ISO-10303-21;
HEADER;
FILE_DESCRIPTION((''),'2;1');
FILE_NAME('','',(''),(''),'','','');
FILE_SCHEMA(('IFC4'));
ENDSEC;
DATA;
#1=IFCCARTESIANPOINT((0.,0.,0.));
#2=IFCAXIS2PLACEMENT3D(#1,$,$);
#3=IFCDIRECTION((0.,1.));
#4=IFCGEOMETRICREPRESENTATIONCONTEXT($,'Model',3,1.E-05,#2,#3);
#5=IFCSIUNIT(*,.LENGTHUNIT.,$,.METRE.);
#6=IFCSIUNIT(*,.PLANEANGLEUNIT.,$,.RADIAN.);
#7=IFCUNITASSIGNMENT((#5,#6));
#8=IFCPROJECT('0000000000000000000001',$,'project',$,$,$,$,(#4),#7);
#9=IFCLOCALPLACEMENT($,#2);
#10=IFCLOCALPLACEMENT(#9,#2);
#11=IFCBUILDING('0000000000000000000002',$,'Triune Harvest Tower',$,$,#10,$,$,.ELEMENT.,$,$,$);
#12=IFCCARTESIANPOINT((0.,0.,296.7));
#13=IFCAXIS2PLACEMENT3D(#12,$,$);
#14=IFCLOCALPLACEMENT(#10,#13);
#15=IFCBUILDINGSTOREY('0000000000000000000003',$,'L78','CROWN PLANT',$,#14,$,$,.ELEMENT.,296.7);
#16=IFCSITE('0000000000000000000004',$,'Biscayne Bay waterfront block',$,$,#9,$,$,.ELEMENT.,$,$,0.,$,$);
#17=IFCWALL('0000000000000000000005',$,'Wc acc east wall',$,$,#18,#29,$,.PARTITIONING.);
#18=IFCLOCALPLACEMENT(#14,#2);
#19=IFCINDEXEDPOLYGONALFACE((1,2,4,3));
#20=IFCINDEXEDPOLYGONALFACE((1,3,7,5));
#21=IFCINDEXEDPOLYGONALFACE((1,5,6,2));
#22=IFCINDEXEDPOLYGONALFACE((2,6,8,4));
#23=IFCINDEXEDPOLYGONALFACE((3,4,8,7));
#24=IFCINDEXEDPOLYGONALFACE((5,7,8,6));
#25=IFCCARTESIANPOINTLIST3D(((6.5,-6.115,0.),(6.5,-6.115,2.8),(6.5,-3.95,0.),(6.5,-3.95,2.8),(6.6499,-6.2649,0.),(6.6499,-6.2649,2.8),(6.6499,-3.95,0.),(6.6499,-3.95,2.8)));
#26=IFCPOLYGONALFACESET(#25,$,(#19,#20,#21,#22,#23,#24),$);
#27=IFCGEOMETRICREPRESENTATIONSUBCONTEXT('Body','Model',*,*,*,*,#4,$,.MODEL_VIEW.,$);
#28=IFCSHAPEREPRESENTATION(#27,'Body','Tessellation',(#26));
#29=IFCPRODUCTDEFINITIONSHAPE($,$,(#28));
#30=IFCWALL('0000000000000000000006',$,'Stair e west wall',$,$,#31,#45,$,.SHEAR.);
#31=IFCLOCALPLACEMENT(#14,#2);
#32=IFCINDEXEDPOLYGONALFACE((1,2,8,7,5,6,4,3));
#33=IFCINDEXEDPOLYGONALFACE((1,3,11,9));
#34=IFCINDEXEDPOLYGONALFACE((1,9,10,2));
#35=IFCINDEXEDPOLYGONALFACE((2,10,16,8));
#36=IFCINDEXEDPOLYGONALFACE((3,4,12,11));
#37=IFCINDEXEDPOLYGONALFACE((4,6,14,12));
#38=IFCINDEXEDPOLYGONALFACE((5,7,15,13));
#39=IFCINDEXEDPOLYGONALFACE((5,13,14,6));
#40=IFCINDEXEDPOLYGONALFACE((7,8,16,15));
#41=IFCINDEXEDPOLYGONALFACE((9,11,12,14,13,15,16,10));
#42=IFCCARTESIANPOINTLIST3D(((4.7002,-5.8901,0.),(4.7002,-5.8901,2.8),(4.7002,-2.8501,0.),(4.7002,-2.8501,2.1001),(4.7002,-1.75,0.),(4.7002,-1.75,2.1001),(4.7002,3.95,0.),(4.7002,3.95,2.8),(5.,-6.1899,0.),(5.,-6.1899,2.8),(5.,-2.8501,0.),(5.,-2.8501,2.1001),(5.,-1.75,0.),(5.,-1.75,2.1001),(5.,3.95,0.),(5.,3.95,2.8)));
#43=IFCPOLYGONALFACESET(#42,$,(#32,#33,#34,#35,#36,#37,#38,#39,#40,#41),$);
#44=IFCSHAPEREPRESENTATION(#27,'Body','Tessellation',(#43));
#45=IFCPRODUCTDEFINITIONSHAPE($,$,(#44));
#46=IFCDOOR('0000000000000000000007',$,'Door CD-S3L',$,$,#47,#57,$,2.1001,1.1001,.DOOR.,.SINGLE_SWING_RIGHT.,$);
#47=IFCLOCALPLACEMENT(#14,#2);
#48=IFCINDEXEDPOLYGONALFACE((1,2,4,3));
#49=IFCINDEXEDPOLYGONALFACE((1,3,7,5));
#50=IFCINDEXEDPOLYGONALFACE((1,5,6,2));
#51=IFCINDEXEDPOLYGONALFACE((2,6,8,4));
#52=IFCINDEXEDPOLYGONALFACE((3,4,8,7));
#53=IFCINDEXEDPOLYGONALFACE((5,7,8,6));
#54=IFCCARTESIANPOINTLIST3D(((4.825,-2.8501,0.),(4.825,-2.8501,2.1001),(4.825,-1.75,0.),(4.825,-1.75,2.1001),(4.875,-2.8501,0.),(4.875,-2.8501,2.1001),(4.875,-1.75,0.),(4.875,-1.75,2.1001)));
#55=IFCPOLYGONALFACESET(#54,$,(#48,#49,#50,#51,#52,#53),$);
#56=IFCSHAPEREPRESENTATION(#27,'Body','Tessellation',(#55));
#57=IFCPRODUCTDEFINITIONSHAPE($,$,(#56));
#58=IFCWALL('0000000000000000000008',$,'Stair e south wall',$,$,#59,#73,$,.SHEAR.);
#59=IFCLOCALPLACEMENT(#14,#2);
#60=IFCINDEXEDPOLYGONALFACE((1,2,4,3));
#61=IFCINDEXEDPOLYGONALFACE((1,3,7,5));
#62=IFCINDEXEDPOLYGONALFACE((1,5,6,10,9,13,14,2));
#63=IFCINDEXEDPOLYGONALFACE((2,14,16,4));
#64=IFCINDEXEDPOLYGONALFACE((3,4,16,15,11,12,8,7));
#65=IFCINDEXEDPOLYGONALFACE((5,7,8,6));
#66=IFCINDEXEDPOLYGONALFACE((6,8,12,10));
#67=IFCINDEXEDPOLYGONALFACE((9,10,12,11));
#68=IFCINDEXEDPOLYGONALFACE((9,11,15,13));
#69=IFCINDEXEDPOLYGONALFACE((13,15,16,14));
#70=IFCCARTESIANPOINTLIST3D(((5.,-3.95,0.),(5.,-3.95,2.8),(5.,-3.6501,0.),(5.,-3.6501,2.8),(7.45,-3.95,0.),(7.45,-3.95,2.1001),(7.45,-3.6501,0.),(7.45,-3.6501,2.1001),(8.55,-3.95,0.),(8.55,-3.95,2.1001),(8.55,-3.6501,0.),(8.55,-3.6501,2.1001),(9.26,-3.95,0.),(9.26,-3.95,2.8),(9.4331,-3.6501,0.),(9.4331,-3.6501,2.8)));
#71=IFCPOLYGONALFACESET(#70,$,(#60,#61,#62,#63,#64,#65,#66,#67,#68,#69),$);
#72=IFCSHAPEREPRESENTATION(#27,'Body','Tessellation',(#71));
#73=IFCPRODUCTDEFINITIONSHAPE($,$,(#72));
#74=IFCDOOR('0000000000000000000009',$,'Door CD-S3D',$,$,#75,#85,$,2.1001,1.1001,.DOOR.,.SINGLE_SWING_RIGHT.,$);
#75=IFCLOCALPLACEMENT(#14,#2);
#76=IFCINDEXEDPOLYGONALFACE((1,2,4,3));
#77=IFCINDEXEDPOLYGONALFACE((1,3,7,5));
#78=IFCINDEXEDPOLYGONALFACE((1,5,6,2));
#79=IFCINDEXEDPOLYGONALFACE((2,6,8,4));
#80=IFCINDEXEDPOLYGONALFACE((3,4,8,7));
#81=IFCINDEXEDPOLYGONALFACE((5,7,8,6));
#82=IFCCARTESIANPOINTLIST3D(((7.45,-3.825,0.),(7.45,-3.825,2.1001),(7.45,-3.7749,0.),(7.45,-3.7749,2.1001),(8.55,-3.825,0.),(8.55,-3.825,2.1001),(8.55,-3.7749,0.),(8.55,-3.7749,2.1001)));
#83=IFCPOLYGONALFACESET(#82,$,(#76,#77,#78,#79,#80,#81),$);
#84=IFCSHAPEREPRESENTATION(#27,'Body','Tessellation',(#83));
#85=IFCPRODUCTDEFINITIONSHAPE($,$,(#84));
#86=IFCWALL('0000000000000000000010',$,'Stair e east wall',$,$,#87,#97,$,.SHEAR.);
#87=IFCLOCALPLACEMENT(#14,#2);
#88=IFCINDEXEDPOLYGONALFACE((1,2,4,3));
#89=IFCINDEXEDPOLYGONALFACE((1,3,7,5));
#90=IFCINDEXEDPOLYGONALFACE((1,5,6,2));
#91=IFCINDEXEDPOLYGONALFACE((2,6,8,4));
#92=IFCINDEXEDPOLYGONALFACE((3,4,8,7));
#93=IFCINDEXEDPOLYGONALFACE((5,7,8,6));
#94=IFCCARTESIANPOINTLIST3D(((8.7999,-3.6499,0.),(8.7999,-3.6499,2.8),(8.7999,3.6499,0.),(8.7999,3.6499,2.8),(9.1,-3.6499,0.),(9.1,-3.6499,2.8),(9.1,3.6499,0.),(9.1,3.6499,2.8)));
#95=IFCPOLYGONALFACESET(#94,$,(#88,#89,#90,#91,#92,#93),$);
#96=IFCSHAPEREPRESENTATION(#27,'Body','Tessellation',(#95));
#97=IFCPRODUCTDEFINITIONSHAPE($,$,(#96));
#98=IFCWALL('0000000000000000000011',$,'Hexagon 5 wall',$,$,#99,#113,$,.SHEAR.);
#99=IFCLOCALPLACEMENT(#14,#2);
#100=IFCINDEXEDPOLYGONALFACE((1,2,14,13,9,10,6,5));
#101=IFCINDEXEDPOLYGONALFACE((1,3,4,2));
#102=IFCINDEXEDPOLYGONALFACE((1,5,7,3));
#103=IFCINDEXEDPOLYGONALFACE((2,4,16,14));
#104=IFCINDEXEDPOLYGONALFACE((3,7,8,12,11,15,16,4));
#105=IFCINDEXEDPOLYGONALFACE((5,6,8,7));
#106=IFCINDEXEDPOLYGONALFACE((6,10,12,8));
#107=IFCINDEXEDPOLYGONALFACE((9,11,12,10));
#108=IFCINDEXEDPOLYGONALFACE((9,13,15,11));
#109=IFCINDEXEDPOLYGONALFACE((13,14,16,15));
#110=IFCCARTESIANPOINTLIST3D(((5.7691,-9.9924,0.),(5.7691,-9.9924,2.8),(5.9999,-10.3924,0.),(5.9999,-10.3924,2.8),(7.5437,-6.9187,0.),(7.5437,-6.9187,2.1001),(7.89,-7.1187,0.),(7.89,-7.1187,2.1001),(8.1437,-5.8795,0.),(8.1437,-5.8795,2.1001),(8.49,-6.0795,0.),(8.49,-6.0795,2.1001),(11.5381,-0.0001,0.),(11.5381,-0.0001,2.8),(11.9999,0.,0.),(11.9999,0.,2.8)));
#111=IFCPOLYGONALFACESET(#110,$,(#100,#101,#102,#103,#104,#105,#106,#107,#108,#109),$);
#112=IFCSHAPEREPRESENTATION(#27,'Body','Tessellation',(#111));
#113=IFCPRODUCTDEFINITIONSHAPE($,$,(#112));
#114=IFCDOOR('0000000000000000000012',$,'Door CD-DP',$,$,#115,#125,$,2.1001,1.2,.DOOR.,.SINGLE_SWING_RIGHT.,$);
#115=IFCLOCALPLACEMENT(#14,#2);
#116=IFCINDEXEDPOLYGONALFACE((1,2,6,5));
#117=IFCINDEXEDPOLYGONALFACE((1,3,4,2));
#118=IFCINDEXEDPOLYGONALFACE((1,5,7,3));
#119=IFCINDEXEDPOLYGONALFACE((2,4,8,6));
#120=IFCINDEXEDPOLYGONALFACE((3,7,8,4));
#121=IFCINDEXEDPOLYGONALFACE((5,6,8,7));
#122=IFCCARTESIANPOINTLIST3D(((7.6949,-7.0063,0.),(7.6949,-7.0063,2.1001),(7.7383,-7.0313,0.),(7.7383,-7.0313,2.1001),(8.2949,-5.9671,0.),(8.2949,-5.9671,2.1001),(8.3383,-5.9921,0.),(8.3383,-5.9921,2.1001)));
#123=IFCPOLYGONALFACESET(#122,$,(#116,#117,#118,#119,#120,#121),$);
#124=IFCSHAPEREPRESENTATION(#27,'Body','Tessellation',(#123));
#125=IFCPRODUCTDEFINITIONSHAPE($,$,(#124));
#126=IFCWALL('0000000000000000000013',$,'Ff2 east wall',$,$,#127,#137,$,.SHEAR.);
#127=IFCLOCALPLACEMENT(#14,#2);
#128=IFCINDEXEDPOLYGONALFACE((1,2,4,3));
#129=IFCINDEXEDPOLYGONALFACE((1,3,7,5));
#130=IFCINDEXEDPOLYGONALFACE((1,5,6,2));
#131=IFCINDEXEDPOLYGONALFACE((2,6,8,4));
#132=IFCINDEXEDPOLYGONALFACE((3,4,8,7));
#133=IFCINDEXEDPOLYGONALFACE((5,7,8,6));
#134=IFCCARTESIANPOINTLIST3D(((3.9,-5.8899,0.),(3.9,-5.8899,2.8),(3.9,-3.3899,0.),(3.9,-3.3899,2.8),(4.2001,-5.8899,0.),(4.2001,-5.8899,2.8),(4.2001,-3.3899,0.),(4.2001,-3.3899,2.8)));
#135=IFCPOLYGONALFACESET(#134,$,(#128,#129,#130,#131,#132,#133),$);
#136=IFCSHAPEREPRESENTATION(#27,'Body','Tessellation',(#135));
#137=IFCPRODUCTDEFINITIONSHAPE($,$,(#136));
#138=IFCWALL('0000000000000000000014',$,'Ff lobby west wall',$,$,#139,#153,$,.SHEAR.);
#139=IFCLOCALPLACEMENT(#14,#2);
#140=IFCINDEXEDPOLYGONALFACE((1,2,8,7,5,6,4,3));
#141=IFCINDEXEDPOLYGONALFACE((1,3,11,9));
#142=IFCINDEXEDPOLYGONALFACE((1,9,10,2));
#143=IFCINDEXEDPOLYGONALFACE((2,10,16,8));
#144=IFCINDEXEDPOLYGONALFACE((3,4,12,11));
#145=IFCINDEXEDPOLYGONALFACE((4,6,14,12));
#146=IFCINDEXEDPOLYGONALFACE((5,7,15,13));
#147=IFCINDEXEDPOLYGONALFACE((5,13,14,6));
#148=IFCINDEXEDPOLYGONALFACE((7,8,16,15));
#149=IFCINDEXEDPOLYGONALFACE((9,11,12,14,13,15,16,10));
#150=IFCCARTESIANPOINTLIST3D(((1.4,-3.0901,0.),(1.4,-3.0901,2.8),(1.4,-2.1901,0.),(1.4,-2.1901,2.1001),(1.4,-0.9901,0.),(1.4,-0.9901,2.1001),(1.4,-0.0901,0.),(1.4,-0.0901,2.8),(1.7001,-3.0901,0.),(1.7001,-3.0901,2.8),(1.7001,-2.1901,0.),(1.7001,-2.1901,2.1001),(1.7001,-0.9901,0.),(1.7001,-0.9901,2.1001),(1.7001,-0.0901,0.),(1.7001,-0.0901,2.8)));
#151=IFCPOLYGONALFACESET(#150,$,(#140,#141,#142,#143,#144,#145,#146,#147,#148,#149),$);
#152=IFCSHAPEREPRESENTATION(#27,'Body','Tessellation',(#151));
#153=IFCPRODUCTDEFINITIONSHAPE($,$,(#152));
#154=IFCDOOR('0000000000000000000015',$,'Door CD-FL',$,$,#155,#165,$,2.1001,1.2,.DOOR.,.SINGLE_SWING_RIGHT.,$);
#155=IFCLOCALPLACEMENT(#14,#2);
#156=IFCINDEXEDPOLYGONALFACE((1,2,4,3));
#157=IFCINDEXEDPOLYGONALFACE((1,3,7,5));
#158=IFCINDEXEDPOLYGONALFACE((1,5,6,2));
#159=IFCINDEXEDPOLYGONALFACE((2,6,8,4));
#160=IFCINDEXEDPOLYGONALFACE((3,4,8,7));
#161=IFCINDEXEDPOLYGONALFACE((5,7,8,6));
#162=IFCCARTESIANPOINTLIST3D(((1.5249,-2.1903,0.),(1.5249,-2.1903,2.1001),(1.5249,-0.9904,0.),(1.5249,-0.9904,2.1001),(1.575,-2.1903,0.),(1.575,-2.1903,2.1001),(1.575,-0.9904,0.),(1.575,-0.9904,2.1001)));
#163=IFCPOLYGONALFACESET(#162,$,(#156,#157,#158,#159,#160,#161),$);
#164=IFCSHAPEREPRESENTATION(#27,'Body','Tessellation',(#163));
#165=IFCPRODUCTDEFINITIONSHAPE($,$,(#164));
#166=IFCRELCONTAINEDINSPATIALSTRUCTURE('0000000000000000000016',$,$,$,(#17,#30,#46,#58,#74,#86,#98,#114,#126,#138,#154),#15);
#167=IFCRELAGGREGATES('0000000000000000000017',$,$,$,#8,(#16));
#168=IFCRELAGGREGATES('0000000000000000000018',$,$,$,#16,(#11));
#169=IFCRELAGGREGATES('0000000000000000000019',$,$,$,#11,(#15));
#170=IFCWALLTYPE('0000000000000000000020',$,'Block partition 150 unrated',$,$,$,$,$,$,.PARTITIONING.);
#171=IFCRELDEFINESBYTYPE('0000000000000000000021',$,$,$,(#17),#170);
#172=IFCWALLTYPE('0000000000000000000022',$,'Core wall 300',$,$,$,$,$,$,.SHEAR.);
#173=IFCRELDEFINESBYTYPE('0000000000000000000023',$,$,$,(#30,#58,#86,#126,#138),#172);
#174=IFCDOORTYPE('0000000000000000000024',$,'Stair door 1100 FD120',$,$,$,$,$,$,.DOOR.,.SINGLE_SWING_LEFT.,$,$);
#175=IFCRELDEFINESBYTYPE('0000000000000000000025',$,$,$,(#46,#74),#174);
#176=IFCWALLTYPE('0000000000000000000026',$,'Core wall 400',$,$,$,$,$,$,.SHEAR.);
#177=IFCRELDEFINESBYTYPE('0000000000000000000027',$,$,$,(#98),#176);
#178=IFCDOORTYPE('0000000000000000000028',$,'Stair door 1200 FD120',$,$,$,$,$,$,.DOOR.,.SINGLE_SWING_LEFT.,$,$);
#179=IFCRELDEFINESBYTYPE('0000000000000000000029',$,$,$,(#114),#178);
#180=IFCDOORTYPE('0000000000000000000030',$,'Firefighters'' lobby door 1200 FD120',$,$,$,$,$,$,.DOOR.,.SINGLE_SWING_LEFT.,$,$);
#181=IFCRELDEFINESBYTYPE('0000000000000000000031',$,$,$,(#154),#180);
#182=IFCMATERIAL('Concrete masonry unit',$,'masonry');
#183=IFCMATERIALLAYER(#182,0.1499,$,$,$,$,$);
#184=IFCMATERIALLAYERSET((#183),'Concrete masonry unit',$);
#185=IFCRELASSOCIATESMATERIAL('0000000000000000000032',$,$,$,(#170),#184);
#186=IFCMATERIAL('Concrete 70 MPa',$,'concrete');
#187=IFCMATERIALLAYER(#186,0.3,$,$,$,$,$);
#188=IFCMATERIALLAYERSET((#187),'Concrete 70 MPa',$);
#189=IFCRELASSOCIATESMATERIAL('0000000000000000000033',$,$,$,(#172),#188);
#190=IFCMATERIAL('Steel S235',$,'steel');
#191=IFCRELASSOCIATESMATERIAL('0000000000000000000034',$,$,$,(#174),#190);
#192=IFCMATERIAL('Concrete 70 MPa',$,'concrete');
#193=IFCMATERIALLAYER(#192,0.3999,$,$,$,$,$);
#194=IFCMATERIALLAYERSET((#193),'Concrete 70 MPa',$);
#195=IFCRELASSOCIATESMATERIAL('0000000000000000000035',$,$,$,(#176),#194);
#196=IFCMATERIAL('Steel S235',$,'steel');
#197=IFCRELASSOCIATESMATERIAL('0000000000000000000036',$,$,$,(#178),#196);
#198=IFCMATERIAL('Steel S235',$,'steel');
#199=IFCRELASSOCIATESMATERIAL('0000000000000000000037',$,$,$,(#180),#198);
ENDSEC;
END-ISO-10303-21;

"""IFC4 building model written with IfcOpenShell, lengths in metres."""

from ifc_helpers import new_model, si_unit, direction, frame, frame_2d, origin, place, context, subcontext, project, spatial, polyline, rectangle, outline, extrude, source, transform, mapped, material, layer, layer_set, type_object, element, fill, save


model = new_model("IFC4")

# Units and contexts
model_context = context("Model", 3, precision=1e-05, world=origin(), true_north=direction((0.0, 1.0)))
body_context = subcontext(model_context, "Body", "Model", "MODEL_VIEW")
ifc_project = project(units=[si_unit("LENGTHUNIT", "METRE"), si_unit("PLANEANGLEUNIT", "RADIAN")], contexts=[model_context])

# Site, building, storey
site_placement = place(None, origin())
site = spatial("IfcSite", under=ifc_project, at=site_placement, Name="Biscayne Bay waterfront block", CompositionType="ELEMENT", RefElevation=0.0)
building_placement = place(site_placement, origin())
building = spatial("IfcBuilding", under=site, at=building_placement, Name="Triune Harvest Tower", CompositionType="ELEMENT")
storey_placement = place(building_placement, frame((0.0, 0.0, 296.7)))
storey = spatial("IfcBuildingStorey", under=building, at=storey_placement, Name="L78", Description="CROWN PLANT", CompositionType="ELEMENT", Elevation=296.7)

# Shared definitions
ifc_material_1 = material(Name="Concrete masonry unit", Category="masonry")
ifc_layer_1 = layer(ifc_material_1, 0.1499)
ifc_layer_set_1 = layer_set([ifc_layer_1], Name="Concrete masonry unit")
wall_type_1 = type_object("IfcWallType", Name="Block partition 150 unrated", PredefinedType="PARTITIONING", material=ifc_layer_set_1)

# Wall
wall_1_placement = place(storey_placement, frame((6.575, -6.1899, 0.0), z_axis=(0.0, 0.0, 1.0), x_axis=(0.0, 1.0, 0.0)))
element("IfcWall", 1, at=wall_1_placement, inside=storey, type_object=wall_type_1, Name="Wc acc east wall", PredefinedType="PARTITIONING", context=body_context, shape_type="SweptSolid", body=[
    extrude(outline(polyline([(-0.075, -0.075), (2.24, -0.075), (2.24, 0.075), (0.075, 0.075), (-0.075, -0.075)])), origin(), (0.0, 0.0, 1.0), 2.8),
])

# Walls, openings, doors
ifc_material_2 = material(Name="Concrete 70 MPa", Category="concrete")
ifc_layer_2 = layer(ifc_material_2, 0.3)
ifc_layer_set_2 = layer_set([ifc_layer_2], Name="Concrete 70 MPa")
wall_type_2 = type_object("IfcWallType", Name="Core wall 300", PredefinedType="SHEAR", material=ifc_layer_set_2)
wall_2_placement = place(storey_placement, frame((4.8501, -6.04, 0.0), z_axis=(0.0, 0.0, 1.0), x_axis=(0.0, 1.0, 0.0)))
wall_2 = element("IfcWall", 2, at=wall_2_placement, inside=storey, type_object=wall_type_2, Name="Stair e west wall", PredefinedType="SHEAR", context=body_context, shape_type="SweptSolid", body=[
    extrude(outline(polyline([(-0.1499, -0.1499), (9.99, -0.1499), (9.99, 0.1499), (0.1499, 0.1499), (-0.1499, -0.1499)])), origin(), (0.0, 0.0, 1.0), 2.8),
])
opening_1_placement = place(wall_2_placement, frame((3.1899, 0.0, 0.0)))
opening_1 = element("IfcOpeningElement", 3, at=opening_1_placement, cuts=wall_2, PredefinedType="OPENING", context=body_context, shape_type="SweptSolid", body=[
    extrude(rectangle(XDim=1.1001, YDim=2.1001, at=frame_2d((0.55, 1.05))), frame((0.0, 0.1602, 0.0), z_axis=(0.0, -1.0, 0.0), x_axis=(1.0, 0.0, 0.0)), (0.0, 0.0, 1.0), 0.3201),
])
ifc_material_3 = material(Name="Steel S235", Category="steel")
door_type_1 = type_object("IfcDoorType", Name="Stair door 1100 FD120", OperationType="SINGLE_SWING_LEFT", PredefinedType="DOOR", material=ifc_material_3)
door_1_placement = place(opening_1_placement, frame((1.1001, 0.0, 0.0), z_axis=(0.0, 0.0, 1.0), x_axis=(-1.0, 0.0, 0.0)))
door_1 = element("IfcDoor", 4, at=door_1_placement, inside=storey, type_object=door_type_1, Name="Door CD-S3L", OperationType="SINGLE_SWING_RIGHT", OverallHeight=2.1001, OverallWidth=1.1001, PredefinedType="DOOR", context=body_context, shape_type="SweptSolid", body=[
    extrude(rectangle(XDim=1.1001, YDim=2.1001, at=frame_2d((0.55, 1.05))), frame((0.0, 0.0249, 0.0), z_axis=(0.0, -1.0, 0.0), x_axis=(1.0, 0.0, 0.0)), (0.0, 0.0, 1.0), 0.05),
])
fill(opening_1, door_1)
wall_3_placement = place(storey_placement, frame((5.0, -3.8, 0.0), z_axis=(0.0, 0.0, 1.0), x_axis=(1.0, 0.0, 0.0)))
wall_3 = element("IfcWall", 5, at=wall_3_placement, inside=storey, type_object=wall_type_2, Name="Stair e south wall", PredefinedType="SHEAR", context=body_context, shape_type="SweptSolid", body=[
    extrude(outline(polyline([(0.0, -0.1499), (0.0, 0.1499), (4.4331, 0.1499), (4.26, -0.1499), (0.0, -0.1499)])), origin(), (0.0, 0.0, 1.0), 2.8),
])
opening_2_placement = place(wall_3_placement, frame((2.45, 0.0, 0.0)))
opening_2 = element("IfcOpeningElement", 6, at=opening_2_placement, cuts=wall_3, PredefinedType="OPENING", context=body_context, shape_type="SweptSolid", body=[
    extrude(rectangle(XDim=1.1001, YDim=2.1001, at=frame_2d((0.55, 1.05))), frame((0.0, 0.1602, 0.0), z_axis=(0.0, -1.0, 0.0), x_axis=(1.0, 0.0, 0.0)), (0.0, 0.0, 1.0), 0.3201),
])
door_2_placement = place(opening_2_placement, frame((1.1001, 0.0, 0.0), z_axis=(0.0, 0.0, 1.0), x_axis=(-1.0, 0.0, 0.0)))
door_2 = element("IfcDoor", 7, at=door_2_placement, inside=storey, type_object=door_type_1, Name="Door CD-S3D", OperationType="SINGLE_SWING_RIGHT", OverallHeight=2.1001, OverallWidth=1.1001, PredefinedType="DOOR", context=body_context, shape_type="SweptSolid", body=[
    extrude(rectangle(XDim=1.1001, YDim=2.1001, at=frame_2d((0.55, 1.05))), frame((0.0, 0.0249, 0.0), z_axis=(0.0, -1.0, 0.0), x_axis=(1.0, 0.0, 0.0)), (0.0, 0.0, 1.0), 0.05),
])
fill(opening_2, door_2)

# Wall
wall_4_placement = place(storey_placement, frame((8.95, -3.6499, 0.0), z_axis=(0.0, 0.0, 1.0), x_axis=(0.0, 1.0, 0.0)))
element("IfcWall", 8, at=wall_4_placement, inside=storey, type_object=wall_type_2, Name="Stair e east wall", PredefinedType="SHEAR", context=body_context, shape_type="SweptSolid", body=[
    extrude(rectangle(XDim=7.2998, YDim=0.3, at=frame_2d((3.6499, 0.0))), origin(), (0.0, 0.0, 1.0), 2.8),
])

# Wall, opening, door
ifc_material_4 = material(Name="Concrete 70 MPa", Category="concrete")
ifc_layer_3 = layer(ifc_material_4, 0.3999)
ifc_layer_set_3 = layer_set([ifc_layer_3], Name="Concrete 70 MPa")
wall_type_3 = type_object("IfcWallType", Name="Core wall 400", PredefinedType="SHEAR", material=ifc_layer_set_3)
shared_shape_1 = source(origin(), body_context, "Body", "SweptSolid", [
    extrude(outline(polyline([(-0.1155, -0.2), (11.8845, -0.2), (11.6536, 0.2), (0.1155, 0.2), (-0.1155, -0.2)])), origin(), (0.0, 0.0, 1.0), 2.8),
])
wall_5_placement = place(storey_placement, frame((5.8845, -10.1924, 0.0), z_axis=(0.0, 0.0, 1.0), x_axis=(0.499997, 0.866027, 0.0)))
wall_5 = element("IfcWall", 9, at=wall_5_placement, inside=storey, type_object=wall_type_3, Name="Hexagon 5 wall", PredefinedType="SHEAR", context=body_context, shape_type="MappedRepresentation", body=[
    mapped(shared_shape_1, transform((0.0, 0.0, 0.0), scale=1.0)),
])
opening_3_placement = place(wall_5_placement, frame((3.6646, 0.0, 0.0)))
opening_3 = element("IfcOpeningElement", 10, at=opening_3_placement, cuts=wall_5, PredefinedType="OPENING", context=body_context, shape_type="SweptSolid", body=[
    extrude(rectangle(XDim=1.2, YDim=2.1001, at=frame_2d((0.6001, 1.05))), frame((0.0, 0.21, 0.0), z_axis=(0.0, -1.0, 0.0), x_axis=(1.0, 0.0, 0.0)), (0.0, 0.0, 1.0), 0.4199),
])
ifc_material_5 = material(Name="Steel S235", Category="steel")
door_type_2 = type_object("IfcDoorType", Name="Stair door 1200 FD120", OperationType="SINGLE_SWING_LEFT", PredefinedType="DOOR", material=ifc_material_5)
door_3_placement = place(opening_3_placement, frame((1.2, 0.0, 0.0), z_axis=(0.0, 0.0, 1.0), x_axis=(-1.0, 0.0, 0.0)))
door_3 = element("IfcDoor", 11, at=door_3_placement, inside=storey, type_object=door_type_2, Name="Door CD-DP", OperationType="SINGLE_SWING_RIGHT", OverallHeight=2.1001, OverallWidth=1.2, PredefinedType="DOOR", context=body_context, shape_type="SweptSolid", body=[
    extrude(rectangle(XDim=1.2, YDim=2.1001, at=frame_2d((0.6001, 1.05))), frame((0.0, 0.0249, 0.0), z_axis=(0.0, -1.0, 0.0), x_axis=(1.0, 0.0, 0.0)), (0.0, 0.0, 1.0), 0.05),
])
fill(opening_3, door_3)

# Wall
shared_shape_2 = source(origin(), body_context, "Body", "SweptSolid", [
    extrude(rectangle(XDim=2.5, YDim=0.3, at=frame_2d((1.25, 0.0))), origin(), (0.0, 0.0, 1.0), 2.8),
])
wall_6_placement = place(storey_placement, frame((4.05, -5.8899, 0.0), z_axis=(0.0, 0.0, 1.0), x_axis=(0.0, 1.0, 0.0)))
element("IfcWall", 12, at=wall_6_placement, inside=storey, type_object=wall_type_2, Name="Ff2 east wall", PredefinedType="SHEAR", context=body_context, shape_type="MappedRepresentation", body=[
    mapped(shared_shape_2, transform((0.0, 0.0, 0.0), scale=1.0)),
])

# Wall, opening, door
shared_shape_3 = source(origin(), body_context, "Body", "SweptSolid", [
    extrude(rectangle(XDim=3.0, YDim=0.3, at=frame_2d((1.5, 0.0))), origin(), (0.0, 0.0, 1.0), 2.8),
])
wall_7_placement = place(storey_placement, frame((1.55, -3.0901, 0.0), z_axis=(0.0, 0.0, 1.0), x_axis=(0.0, 1.0, 0.0)))
wall_7 = element("IfcWall", 13, at=wall_7_placement, inside=storey, type_object=wall_type_2, Name="Ff lobby west wall", PredefinedType="SHEAR", context=body_context, shape_type="MappedRepresentation", body=[
    mapped(shared_shape_3, transform((0.0, 0.0, 0.0), scale=1.0)),
])
opening_4_placement = place(wall_7_placement, frame((0.8999, 0.0, 0.0)))
opening_4 = element("IfcOpeningElement", 14, at=opening_4_placement, cuts=wall_7, PredefinedType="OPENING", context=body_context, shape_type="SweptSolid", body=[
    extrude(rectangle(XDim=1.2, YDim=2.1001, at=frame_2d((0.6001, 1.05))), frame((0.0, 0.1602, 0.0), z_axis=(0.0, -1.0, 0.0), x_axis=(1.0, 0.0, 0.0)), (0.0, 0.0, 1.0), 0.3201),
])
ifc_material_6 = material(Name="Steel S235", Category="steel")
door_type_3 = type_object("IfcDoorType", Name="Firefighters' lobby door 1200 FD120", OperationType="SINGLE_SWING_LEFT", PredefinedType="DOOR", material=ifc_material_6)
door_4_placement = place(opening_4_placement, frame((1.2, 0.0, 0.0), z_axis=(0.0, 0.0, 1.0), x_axis=(-1.0, 0.0, 0.0)))
door_4 = element("IfcDoor", 15, at=door_4_placement, inside=storey, type_object=door_type_3, Name="Door CD-FL", OperationType="SINGLE_SWING_RIGHT", OverallHeight=2.1001, OverallWidth=1.2, PredefinedType="DOOR", context=body_context, shape_type="SweptSolid", body=[
    extrude(rectangle(XDim=1.2, YDim=2.1001, at=frame_2d((0.6001, 1.05))), frame((0.0, 0.0249, 0.0), z_axis=(0.0, -1.0, 0.0), x_axis=(1.0, 0.0, 0.0)), (0.0, 0.0, 1.0), 0.05),
])
fill(opening_4, door_4)

save(model, "model.ifc")
